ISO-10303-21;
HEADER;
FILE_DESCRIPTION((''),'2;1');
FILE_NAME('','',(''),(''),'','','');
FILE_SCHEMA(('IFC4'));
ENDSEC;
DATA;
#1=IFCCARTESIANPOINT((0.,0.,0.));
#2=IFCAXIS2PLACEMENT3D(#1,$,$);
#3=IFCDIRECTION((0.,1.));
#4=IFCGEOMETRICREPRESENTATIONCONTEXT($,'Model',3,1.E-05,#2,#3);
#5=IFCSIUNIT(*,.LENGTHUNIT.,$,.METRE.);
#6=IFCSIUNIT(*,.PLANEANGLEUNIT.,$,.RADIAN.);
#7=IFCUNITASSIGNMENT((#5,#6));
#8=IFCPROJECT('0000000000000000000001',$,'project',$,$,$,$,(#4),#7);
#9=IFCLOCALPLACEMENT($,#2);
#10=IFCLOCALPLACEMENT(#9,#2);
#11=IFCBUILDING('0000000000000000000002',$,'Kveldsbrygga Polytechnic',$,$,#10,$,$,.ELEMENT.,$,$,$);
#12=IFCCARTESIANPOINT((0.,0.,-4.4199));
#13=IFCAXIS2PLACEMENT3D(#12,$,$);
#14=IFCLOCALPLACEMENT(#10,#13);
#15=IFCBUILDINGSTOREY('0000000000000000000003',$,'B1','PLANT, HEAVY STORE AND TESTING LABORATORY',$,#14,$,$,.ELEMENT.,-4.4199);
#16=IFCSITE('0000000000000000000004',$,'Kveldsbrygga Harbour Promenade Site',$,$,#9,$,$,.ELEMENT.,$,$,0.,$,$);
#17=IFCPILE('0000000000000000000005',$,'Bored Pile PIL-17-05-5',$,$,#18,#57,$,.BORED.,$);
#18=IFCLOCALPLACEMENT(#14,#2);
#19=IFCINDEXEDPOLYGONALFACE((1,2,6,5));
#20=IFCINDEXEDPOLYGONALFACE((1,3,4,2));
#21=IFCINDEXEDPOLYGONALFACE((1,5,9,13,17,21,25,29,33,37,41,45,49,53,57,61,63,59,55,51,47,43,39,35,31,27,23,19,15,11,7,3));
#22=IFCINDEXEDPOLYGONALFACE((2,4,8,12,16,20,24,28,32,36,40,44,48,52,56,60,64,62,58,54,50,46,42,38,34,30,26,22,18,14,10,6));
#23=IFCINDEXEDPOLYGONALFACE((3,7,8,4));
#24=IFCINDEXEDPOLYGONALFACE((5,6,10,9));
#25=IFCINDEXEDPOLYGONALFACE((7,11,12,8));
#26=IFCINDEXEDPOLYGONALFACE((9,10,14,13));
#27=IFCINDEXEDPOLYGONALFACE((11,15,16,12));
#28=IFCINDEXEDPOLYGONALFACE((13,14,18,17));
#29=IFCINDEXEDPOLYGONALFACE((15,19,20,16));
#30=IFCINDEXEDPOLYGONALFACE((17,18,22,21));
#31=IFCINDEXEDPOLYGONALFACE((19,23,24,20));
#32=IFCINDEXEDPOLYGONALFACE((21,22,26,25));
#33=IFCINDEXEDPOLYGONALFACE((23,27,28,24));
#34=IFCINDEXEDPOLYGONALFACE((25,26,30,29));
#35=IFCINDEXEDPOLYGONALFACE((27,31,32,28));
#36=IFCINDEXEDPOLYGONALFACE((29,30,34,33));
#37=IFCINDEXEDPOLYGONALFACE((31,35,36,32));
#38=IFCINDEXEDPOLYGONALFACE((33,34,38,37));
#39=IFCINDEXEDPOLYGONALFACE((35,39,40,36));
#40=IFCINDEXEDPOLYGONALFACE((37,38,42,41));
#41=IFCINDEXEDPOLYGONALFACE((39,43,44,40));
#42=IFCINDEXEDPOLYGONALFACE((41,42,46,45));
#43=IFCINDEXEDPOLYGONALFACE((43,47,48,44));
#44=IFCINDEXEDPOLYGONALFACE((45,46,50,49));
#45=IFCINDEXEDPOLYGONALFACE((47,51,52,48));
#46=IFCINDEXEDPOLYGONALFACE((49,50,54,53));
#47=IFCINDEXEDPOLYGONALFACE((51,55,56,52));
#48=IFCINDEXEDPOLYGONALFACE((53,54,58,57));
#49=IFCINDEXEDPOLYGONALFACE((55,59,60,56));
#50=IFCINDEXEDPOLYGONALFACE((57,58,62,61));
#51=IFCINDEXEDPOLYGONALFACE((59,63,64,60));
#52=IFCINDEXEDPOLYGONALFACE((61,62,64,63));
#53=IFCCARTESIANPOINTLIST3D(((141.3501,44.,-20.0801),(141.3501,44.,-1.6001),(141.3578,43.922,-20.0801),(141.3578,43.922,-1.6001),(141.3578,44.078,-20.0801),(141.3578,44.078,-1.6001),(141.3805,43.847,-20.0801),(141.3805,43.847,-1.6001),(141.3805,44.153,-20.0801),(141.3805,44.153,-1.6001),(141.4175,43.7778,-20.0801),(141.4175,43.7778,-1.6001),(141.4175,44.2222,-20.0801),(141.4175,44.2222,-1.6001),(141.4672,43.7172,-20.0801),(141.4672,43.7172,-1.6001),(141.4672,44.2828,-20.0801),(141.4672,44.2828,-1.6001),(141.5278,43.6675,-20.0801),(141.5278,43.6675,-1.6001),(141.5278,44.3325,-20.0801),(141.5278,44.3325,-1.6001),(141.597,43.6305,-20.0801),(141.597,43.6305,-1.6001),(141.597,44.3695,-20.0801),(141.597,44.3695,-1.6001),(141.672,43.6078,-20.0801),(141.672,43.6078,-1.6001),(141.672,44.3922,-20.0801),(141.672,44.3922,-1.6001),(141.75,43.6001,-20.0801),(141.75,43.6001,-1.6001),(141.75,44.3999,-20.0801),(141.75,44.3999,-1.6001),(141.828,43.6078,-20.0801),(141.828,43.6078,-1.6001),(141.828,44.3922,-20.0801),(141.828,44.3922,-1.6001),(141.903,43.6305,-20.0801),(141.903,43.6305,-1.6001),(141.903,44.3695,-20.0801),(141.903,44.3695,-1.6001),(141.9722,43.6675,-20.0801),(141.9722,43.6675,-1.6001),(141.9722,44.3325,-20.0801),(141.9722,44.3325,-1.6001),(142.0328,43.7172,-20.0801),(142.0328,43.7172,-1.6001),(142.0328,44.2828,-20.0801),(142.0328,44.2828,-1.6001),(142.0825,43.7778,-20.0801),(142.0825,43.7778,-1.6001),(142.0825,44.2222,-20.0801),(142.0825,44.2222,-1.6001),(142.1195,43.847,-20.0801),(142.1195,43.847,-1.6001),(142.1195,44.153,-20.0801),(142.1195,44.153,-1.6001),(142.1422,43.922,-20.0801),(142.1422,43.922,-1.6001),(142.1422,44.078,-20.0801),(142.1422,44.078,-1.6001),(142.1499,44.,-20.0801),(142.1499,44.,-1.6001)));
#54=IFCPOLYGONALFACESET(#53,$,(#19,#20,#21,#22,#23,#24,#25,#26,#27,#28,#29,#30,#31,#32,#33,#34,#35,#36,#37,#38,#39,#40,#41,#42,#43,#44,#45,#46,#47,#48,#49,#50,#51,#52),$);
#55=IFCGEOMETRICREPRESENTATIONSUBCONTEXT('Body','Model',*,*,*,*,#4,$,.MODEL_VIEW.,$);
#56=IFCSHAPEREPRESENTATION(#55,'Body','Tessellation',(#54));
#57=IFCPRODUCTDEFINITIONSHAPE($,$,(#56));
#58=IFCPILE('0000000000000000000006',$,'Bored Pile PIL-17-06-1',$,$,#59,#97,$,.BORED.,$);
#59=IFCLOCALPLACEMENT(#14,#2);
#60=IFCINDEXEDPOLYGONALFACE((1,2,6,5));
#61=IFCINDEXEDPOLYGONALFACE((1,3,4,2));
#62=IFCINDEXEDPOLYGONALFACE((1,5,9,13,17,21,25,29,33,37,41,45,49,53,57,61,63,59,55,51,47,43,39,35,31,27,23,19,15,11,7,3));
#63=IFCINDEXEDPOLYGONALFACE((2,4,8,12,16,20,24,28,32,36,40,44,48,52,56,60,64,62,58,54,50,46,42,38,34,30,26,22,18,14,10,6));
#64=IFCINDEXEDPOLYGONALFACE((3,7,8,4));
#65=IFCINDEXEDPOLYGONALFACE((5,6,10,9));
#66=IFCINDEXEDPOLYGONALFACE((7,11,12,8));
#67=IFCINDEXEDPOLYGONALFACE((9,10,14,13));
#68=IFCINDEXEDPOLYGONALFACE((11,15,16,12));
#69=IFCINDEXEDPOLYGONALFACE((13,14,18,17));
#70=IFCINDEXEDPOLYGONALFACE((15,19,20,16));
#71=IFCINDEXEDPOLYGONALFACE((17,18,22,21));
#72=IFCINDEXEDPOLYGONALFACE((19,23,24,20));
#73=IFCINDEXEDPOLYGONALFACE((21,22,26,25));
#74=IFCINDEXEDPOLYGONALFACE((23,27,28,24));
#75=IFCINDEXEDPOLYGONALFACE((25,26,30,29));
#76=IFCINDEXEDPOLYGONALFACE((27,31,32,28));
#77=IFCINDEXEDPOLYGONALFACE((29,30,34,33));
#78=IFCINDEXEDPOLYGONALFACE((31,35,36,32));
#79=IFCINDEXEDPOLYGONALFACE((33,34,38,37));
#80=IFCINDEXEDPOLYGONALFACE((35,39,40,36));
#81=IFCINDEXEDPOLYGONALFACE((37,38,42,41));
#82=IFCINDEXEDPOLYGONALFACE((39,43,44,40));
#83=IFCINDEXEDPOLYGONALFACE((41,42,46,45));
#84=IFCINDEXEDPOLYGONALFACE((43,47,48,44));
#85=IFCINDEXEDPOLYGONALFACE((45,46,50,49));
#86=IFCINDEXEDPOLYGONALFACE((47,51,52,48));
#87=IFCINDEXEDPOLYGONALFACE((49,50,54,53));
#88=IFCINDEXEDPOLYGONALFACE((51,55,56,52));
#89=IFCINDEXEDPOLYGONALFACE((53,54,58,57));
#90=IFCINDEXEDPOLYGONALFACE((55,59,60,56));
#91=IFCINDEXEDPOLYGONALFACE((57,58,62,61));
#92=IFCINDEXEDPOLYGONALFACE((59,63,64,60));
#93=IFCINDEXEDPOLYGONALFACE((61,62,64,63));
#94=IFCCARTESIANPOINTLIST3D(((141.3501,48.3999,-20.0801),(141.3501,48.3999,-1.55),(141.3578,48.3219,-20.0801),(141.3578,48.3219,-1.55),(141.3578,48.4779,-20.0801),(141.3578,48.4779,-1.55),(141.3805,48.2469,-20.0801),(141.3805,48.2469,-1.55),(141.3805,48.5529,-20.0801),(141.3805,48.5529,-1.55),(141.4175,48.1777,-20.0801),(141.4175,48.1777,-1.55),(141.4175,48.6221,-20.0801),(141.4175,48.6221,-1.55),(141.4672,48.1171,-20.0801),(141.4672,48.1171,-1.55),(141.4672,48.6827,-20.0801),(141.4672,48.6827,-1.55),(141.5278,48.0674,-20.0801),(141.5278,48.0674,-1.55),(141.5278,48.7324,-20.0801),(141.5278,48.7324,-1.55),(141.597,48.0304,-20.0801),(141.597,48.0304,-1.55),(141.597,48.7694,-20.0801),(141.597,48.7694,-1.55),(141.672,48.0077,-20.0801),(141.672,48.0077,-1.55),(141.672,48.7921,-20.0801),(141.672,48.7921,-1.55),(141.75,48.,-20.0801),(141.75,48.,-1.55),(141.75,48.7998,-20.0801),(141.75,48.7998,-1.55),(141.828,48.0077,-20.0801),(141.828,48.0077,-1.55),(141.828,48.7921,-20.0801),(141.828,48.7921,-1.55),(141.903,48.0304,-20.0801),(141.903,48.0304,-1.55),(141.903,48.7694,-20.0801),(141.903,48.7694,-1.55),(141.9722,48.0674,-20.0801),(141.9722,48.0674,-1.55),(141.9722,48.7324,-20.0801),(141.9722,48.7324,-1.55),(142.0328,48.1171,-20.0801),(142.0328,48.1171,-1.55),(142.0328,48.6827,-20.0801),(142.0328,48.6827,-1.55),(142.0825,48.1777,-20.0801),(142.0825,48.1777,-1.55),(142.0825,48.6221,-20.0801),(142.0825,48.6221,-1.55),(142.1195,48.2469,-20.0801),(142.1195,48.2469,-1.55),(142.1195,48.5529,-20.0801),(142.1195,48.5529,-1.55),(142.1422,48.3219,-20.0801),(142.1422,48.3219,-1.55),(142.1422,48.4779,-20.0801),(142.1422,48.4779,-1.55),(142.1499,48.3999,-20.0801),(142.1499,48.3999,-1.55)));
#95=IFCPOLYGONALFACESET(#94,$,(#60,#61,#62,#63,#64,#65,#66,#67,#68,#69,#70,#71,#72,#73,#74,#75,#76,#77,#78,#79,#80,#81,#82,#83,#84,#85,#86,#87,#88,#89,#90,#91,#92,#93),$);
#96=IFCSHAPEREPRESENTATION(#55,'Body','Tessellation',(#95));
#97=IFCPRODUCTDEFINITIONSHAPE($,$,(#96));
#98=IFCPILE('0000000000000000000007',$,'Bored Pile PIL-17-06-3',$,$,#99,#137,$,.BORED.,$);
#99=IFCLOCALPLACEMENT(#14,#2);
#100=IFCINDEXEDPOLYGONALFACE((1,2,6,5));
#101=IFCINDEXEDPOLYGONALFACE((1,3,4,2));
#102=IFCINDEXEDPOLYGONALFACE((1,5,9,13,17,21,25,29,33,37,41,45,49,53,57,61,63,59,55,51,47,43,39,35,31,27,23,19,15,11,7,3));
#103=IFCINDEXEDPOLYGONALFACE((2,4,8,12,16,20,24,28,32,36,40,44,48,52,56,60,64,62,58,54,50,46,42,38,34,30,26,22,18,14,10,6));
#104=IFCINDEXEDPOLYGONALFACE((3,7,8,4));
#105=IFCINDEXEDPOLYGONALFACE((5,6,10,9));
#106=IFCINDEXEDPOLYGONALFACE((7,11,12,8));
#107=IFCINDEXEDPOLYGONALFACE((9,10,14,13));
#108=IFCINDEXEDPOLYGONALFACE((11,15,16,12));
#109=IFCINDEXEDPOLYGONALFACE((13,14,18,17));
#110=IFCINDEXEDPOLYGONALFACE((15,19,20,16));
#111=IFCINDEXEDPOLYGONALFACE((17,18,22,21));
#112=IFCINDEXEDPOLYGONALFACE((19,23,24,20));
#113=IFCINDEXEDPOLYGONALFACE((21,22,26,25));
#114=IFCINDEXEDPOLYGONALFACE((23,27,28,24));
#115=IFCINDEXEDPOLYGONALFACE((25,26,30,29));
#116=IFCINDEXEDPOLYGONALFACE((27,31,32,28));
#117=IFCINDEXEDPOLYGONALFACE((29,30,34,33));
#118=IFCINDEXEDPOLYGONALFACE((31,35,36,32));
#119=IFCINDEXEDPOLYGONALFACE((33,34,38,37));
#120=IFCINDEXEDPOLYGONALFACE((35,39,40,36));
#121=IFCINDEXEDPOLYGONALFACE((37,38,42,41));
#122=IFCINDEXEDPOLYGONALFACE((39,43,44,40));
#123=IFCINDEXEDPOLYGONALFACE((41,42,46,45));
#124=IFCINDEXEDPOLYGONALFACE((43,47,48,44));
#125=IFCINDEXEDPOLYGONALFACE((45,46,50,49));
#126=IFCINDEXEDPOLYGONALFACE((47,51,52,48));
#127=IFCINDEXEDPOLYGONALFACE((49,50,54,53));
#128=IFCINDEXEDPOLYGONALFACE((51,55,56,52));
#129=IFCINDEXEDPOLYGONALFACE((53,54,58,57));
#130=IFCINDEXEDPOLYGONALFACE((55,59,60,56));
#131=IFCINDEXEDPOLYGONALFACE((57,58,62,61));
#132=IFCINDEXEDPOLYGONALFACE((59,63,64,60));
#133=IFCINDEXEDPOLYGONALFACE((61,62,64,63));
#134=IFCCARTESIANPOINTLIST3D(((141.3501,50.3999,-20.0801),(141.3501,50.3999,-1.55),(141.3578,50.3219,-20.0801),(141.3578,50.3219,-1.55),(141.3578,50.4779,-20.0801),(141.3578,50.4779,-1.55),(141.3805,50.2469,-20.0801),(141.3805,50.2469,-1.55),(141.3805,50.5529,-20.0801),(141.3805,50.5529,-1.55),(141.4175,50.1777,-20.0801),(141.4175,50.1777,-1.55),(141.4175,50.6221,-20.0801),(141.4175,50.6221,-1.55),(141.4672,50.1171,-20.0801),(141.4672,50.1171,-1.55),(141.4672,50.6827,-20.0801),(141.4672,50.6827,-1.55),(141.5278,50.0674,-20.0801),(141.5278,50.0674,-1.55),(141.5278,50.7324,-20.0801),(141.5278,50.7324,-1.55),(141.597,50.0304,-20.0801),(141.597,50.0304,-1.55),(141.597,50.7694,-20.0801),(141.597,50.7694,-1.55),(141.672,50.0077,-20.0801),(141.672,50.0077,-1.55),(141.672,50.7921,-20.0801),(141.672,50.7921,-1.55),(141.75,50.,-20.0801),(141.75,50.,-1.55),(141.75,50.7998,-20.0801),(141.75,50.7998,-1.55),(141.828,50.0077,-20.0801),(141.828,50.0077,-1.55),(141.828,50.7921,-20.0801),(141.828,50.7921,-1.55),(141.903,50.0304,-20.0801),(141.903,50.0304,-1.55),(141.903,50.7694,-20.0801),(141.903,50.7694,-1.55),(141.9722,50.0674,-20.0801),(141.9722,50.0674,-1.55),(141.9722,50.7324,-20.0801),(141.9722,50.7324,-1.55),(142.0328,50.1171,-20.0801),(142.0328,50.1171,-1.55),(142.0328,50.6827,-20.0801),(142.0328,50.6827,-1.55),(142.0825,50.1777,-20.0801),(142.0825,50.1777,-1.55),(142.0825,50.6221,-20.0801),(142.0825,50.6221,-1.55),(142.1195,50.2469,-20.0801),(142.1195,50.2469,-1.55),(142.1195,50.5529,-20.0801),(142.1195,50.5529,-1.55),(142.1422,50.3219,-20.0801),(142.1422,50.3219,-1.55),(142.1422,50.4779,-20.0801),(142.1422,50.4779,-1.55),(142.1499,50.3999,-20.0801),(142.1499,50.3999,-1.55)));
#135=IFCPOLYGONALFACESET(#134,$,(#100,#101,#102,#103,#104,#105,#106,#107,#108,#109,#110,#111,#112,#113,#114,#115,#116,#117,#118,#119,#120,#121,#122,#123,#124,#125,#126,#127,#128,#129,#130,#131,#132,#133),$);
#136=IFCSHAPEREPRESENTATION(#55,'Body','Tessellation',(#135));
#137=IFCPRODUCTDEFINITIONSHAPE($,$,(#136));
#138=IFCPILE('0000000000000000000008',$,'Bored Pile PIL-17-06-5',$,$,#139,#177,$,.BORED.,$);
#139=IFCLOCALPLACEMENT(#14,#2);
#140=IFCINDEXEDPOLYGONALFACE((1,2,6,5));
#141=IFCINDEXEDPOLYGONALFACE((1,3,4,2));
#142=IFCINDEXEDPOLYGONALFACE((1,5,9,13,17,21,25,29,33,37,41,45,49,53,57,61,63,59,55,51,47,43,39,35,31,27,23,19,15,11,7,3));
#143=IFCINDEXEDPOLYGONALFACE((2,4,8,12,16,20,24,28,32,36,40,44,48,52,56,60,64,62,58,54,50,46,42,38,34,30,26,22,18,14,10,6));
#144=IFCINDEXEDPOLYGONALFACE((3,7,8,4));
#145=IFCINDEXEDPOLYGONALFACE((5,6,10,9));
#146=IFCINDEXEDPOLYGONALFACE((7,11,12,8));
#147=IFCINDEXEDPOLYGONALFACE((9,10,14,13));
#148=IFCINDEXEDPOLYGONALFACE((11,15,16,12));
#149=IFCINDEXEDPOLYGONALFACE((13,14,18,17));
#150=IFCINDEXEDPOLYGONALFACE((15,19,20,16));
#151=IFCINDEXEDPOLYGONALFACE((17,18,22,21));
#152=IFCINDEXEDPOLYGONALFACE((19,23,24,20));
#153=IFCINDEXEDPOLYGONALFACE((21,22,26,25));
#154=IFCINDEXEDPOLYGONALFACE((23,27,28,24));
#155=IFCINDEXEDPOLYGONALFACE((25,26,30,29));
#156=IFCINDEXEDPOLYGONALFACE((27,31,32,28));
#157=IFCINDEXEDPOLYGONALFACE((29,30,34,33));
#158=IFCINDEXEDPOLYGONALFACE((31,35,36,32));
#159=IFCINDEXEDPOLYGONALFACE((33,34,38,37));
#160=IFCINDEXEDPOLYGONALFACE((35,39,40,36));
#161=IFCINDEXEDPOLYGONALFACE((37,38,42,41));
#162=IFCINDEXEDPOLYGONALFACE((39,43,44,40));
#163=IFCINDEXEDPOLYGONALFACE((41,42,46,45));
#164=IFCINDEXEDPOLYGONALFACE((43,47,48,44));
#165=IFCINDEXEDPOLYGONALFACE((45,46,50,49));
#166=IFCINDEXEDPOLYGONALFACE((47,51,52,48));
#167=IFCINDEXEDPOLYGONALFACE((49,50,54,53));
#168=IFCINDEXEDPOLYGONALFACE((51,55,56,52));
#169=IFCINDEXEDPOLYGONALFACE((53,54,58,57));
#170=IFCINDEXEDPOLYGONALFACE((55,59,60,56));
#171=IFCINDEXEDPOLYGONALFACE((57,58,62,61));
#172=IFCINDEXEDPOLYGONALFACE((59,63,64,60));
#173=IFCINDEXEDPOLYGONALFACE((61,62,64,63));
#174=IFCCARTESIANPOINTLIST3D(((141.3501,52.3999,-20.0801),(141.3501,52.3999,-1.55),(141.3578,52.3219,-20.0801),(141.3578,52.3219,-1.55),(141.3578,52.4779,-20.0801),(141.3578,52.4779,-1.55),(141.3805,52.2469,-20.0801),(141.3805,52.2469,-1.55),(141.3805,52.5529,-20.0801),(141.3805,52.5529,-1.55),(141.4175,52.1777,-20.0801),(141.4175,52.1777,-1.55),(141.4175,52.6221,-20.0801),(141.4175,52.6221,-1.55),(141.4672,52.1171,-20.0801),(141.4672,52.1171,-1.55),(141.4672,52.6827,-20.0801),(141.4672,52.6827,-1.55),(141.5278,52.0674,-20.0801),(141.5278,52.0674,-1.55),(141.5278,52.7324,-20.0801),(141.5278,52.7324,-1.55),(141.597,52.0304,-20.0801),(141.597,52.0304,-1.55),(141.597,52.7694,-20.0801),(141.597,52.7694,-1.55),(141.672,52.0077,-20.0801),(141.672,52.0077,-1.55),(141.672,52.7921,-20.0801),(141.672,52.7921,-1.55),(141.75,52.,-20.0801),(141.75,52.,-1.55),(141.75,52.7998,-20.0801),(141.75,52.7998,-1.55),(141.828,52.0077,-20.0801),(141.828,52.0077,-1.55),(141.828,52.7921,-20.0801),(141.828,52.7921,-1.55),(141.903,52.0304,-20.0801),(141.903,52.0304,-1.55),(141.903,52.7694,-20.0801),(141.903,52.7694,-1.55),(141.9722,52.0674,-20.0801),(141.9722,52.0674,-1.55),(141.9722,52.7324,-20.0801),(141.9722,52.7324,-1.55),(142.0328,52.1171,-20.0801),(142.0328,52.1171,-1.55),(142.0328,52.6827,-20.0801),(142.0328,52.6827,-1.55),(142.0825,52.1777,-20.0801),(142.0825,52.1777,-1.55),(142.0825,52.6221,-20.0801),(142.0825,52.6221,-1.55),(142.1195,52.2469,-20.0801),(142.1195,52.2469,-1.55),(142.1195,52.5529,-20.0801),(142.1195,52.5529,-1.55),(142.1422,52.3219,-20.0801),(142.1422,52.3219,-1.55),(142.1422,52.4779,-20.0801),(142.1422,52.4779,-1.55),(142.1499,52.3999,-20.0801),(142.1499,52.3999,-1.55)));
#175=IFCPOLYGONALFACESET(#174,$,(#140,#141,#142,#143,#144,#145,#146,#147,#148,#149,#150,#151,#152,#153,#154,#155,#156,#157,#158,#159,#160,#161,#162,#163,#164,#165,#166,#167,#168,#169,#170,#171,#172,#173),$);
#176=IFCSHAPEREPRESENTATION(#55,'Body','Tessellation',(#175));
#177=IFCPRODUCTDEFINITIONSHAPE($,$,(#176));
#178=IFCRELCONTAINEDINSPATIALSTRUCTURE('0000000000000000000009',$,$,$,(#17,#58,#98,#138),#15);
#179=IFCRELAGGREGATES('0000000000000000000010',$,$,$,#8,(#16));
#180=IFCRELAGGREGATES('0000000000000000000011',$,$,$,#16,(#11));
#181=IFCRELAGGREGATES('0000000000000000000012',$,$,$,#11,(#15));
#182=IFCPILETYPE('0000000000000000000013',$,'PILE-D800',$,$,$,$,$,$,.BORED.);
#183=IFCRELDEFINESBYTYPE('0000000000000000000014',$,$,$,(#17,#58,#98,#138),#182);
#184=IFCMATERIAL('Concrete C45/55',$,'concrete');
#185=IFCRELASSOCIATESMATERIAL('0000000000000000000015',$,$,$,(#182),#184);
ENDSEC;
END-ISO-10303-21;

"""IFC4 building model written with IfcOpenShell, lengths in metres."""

from ifc_helpers import new_model, si_unit, direction, frame, origin, origin_2d, place, context, subcontext, project, spatial, circle, extrude, material, material_profile, profile_set, type_object, element, save


model = new_model("IFC4")

# Units and contexts
model_context = context("Model", 3, precision=1e-05, world=origin(), true_north=direction((0.0, 1.0)))
body_context = subcontext(model_context, "Body", "Model", "MODEL_VIEW")
ifc_project = project(units=[si_unit("LENGTHUNIT", "METRE"), si_unit("PLANEANGLEUNIT", "RADIAN")], contexts=[model_context])

# Site, building, storey
site_placement = place(None, origin())
site = spatial("IfcSite", under=ifc_project, at=site_placement, Name="Kveldsbrygga Harbour Promenade Site", CompositionType="ELEMENT", RefElevation=0.0)
building_placement = place(site_placement, origin())
building = spatial("IfcBuilding", under=site, at=building_placement, Name="Kveldsbrygga Polytechnic", CompositionType="ELEMENT")
storey_placement = place(building_placement, frame((0.0, 0.0, -4.4199)))
storey = spatial("IfcBuildingStorey", under=building, at=storey_placement, Name="B1", Description="PLANT, HEAVY STORE AND TESTING LABORATORY", CompositionType="ELEMENT", Elevation=-4.4199)

# Shared definitions
ifc_material_1 = material(Name="Concrete C45/55", Category="concrete")

# Piles
ifc_material_profile_1 = material_profile(ifc_material_1, circle(Radius=0.3999, at=origin_2d()), Name="PILE D800")
ifc_profile_set_1 = profile_set([ifc_material_profile_1], Name="Concrete C45/55")
pile_type = type_object("IfcPileType", Name="PILE-D800", PredefinedType="BORED", material=ifc_profile_set_1)
pile_1_placement = place(storey_placement, frame((141.75, 44.0, -1.6001), z_axis=(0.0, 0.0, -1.0), x_axis=(1.0, 0.0, 0.0)))
element("IfcPile", 1, at=pile_1_placement, inside=storey, type_object=pile_type, Name="Bored Pile PIL-17-05-5", PredefinedType="BORED", context=body_context, shape_type="SweptSolid", body=[
    extrude(circle(Radius=0.3999, at=origin_2d()), origin(), (0.0, 0.0, 1.0), 18.48),
])
for number, where, z_axis, x_axis, name in (
    (2, (141.75, 48.3999, -1.55), (0.0, 0.0, -1.0), (1.0, 0.0, 0.0), "Bored Pile PIL-17-06-1"),
    (3, (141.75, 50.3999, -1.55), (0.0, 0.0, -1.0), (1.0, 0.0, 0.0), "Bored Pile PIL-17-06-3"),
    (4, (141.75, 52.3999, -1.55), (0.0, 0.0, -1.0), (1.0, 0.0, 0.0), "Bored Pile PIL-17-06-5"),
):
    element("IfcPile", number, at=place(storey_placement, frame(where, z_axis=z_axis, x_axis=x_axis)), inside=storey, type_object=pile_type, Name=name, PredefinedType="BORED", context=body_context, shape_type="SweptSolid", body=[
        extrude(circle(Radius=0.3999, at=origin_2d()), origin(), (0.0, 0.0, 1.0), 18.53),
    ])

save(model, "model.ifc")
